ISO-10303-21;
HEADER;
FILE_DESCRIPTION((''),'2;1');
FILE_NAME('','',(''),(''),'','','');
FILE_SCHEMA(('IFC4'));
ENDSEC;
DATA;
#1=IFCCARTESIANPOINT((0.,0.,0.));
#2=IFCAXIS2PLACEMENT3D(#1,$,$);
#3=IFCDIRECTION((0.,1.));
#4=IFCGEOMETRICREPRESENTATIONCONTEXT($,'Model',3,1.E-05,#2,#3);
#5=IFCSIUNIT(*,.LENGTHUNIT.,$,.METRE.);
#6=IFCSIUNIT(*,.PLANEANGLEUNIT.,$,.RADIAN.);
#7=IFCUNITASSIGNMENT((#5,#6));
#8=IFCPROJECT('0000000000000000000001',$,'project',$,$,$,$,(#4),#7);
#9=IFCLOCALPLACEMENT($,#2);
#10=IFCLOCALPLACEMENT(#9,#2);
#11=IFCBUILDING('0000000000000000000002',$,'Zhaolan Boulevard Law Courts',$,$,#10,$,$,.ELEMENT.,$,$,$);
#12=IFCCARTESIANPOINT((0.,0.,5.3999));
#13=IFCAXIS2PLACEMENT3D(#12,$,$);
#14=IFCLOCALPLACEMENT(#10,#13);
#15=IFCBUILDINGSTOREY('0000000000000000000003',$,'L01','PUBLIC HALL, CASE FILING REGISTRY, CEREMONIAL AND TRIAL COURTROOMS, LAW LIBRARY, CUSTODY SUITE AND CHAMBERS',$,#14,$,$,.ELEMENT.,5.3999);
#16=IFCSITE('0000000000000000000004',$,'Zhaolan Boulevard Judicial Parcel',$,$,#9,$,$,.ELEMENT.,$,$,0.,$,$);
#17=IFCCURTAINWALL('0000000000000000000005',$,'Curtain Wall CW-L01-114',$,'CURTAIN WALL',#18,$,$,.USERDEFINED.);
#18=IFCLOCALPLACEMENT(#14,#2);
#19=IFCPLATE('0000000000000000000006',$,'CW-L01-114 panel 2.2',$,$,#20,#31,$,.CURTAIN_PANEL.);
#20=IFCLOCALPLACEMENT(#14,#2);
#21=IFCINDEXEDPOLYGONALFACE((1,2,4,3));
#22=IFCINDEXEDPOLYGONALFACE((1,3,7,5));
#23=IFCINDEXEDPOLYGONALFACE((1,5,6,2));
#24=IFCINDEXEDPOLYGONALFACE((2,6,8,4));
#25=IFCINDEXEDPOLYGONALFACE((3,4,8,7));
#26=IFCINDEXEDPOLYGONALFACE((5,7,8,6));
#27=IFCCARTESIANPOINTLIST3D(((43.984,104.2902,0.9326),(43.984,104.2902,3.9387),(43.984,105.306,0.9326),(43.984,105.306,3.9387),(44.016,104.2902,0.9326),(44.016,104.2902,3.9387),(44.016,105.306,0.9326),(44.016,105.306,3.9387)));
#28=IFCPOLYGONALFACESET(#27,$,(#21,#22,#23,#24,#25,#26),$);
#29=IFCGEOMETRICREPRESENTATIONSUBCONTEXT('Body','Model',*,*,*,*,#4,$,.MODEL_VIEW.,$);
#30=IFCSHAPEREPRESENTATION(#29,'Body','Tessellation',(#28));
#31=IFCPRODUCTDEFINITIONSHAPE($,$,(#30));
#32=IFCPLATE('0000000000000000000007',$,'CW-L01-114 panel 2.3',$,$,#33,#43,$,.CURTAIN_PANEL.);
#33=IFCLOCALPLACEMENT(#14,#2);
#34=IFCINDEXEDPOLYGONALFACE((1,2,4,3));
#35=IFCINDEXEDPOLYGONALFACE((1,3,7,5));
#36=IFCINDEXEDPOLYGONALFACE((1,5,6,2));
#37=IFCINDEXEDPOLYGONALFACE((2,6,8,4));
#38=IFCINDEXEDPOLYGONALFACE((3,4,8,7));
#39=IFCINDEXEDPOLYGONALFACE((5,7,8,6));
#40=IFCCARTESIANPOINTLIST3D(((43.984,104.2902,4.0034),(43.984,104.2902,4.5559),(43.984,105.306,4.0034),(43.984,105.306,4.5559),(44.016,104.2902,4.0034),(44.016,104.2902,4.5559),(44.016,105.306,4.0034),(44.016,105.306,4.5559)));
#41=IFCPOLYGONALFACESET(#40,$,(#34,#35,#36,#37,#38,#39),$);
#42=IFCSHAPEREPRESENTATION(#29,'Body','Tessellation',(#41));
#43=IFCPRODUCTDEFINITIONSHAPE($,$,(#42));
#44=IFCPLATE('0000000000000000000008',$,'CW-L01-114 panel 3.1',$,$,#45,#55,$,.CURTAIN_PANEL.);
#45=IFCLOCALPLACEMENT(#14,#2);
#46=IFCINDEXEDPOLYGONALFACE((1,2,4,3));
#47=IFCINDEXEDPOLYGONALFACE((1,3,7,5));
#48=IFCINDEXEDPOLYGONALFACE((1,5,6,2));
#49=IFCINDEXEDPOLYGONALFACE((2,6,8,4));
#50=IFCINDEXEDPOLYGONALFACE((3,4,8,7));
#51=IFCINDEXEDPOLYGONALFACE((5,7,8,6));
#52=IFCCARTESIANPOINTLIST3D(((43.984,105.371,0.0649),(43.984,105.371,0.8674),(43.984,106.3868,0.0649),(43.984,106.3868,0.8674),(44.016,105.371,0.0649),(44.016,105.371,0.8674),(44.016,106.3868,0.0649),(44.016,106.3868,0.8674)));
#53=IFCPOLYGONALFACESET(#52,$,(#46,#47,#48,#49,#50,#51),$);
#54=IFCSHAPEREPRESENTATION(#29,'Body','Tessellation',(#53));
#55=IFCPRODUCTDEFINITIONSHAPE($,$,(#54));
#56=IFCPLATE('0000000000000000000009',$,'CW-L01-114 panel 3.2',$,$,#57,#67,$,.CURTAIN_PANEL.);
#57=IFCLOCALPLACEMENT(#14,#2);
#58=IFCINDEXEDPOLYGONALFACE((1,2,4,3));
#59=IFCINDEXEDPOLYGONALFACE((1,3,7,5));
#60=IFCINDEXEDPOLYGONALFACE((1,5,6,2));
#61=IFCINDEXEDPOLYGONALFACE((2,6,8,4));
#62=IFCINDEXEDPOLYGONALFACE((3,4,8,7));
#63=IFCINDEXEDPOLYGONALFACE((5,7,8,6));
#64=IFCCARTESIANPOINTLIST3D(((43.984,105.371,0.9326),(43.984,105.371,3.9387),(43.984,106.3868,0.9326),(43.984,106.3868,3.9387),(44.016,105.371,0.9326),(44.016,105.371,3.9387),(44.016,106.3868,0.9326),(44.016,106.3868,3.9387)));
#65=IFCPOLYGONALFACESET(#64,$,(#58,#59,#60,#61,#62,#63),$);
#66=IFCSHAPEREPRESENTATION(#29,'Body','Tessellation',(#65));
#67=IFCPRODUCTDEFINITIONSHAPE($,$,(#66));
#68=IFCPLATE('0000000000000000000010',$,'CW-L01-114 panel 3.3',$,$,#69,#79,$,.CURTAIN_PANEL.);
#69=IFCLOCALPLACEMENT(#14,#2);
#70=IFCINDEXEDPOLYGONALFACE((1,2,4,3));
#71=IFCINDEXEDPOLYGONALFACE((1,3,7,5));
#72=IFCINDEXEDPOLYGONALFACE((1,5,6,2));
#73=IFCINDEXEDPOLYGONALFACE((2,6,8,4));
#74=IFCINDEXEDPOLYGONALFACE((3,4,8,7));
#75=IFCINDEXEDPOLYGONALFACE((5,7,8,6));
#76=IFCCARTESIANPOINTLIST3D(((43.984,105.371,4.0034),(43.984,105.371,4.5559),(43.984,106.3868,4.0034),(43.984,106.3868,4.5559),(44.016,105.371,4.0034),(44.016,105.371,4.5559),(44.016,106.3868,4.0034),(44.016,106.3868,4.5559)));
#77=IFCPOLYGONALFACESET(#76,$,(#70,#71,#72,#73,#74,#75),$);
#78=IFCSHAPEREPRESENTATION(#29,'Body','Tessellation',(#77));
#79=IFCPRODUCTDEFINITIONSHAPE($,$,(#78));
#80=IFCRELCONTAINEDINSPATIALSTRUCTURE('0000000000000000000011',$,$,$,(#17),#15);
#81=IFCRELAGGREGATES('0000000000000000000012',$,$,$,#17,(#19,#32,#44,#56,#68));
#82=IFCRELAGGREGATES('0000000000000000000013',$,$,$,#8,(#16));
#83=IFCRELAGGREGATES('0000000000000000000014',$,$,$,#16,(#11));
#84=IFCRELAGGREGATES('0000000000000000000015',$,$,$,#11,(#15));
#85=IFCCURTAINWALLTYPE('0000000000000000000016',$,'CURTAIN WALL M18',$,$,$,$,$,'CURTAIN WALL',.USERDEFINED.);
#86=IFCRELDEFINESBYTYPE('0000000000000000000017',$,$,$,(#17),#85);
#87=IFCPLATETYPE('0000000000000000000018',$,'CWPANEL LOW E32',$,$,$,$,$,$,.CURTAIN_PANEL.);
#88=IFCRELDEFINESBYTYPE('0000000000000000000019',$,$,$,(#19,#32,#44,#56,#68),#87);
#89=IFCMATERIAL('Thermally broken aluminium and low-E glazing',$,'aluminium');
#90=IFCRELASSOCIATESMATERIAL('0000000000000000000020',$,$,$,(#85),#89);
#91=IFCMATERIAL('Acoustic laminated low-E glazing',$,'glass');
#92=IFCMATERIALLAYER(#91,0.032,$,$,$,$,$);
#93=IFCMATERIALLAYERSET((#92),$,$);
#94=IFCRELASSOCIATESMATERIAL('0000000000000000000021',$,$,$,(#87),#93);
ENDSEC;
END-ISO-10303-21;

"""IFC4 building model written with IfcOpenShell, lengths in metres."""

from ifc_helpers import new_model, si_unit, direction, frame, origin, origin_2d, place, context, subcontext, project, spatial, rectangle, extrude, material, layer, layer_set, type_object, element, aggregate, save


model = new_model("IFC4")

# Units and contexts
model_context = context("Model", 3, precision=1e-05, world=origin(), true_north=direction((0.0, 1.0)))
body_context = subcontext(model_context, "Body", "Model", "MODEL_VIEW")
ifc_project = project(units=[si_unit("LENGTHUNIT", "METRE"), si_unit("PLANEANGLEUNIT", "RADIAN")], contexts=[model_context])

# Site, building, storey
site_placement = place(None, origin())
site = spatial("IfcSite", under=ifc_project, at=site_placement, Name="Zhaolan Boulevard Judicial Parcel", CompositionType="ELEMENT", RefElevation=0.0)
building_placement = place(site_placement, origin())
building = spatial("IfcBuilding", under=site, at=building_placement, Name="Zhaolan Boulevard Law Courts", CompositionType="ELEMENT")
storey_placement = place(building_placement, frame((0.0, 0.0, 5.3999)))
storey = spatial("IfcBuildingStorey", under=building, at=storey_placement, Name="L01", Description="PUBLIC HALL, CASE FILING REGISTRY, CEREMONIAL AND TRIAL COURTROOMS, LAW LIBRARY, CUSTODY SUITE AND CHAMBERS", CompositionType="ELEMENT", Elevation=5.3999)

# Curtain wall, plates
ifc_material_1 = material(Name="Thermally broken aluminium and low-E glazing", Category="aluminium")
curtain_wall_type = type_object("IfcCurtainWallType", Name="CURTAIN WALL M18", ElementType="CURTAIN WALL", PredefinedType="USERDEFINED", material=ifc_material_1)
curtain_wall_placement = place(storey_placement, origin())
curtain_wall = element("IfcCurtainWall", 1, at=curtain_wall_placement, inside=storey, type_object=curtain_wall_type, Name="Curtain Wall CW-L01-114", ObjectType="CURTAIN WALL", PredefinedType="USERDEFINED")
ifc_material_2 = material(Name="Acoustic laminated low-E glazing", Category="glass")
ifc_layer = layer(ifc_material_2, 0.032)
ifc_layer_set = layer_set([ifc_layer])
plate_type = type_object("IfcPlateType", Name="CWPANEL LOW E32", PredefinedType="CURTAIN_PANEL", material=ifc_layer_set)
plate_1_placement = place(storey_placement, frame((44.0, 104.7981, 0.9326), z_axis=(0.0, 0.0, 1.0), x_axis=(0.0, 1.0, 0.0)))
plate_1 = element("IfcPlate", 2, at=plate_1_placement, type_object=plate_type, Name="CW-L01-114 panel 2.2", PredefinedType="CURTAIN_PANEL", context=body_context, shape_type="SweptSolid", body=[
    extrude(rectangle(XDim=1.0159, YDim=0.032, at=origin_2d()), origin(), (0.0, 0.0, 1.0), 3.0061),
])
plate_2_placement = place(storey_placement, frame((44.0, 104.7981, 4.0034), z_axis=(0.0, 0.0, 1.0), x_axis=(0.0, 1.0, 0.0)))
plate_2 = element("IfcPlate", 3, at=plate_2_placement, type_object=plate_type, Name="CW-L01-114 panel 2.3", PredefinedType="CURTAIN_PANEL", context=body_context, shape_type="SweptSolid", body=[
    extrude(rectangle(XDim=1.0159, YDim=0.032, at=origin_2d()), origin(), (0.0, 0.0, 1.0), 0.5525),
])
plate_3_placement = place(storey_placement, frame((44.0, 105.8789, 0.0649), z_axis=(0.0, 0.0, 1.0), x_axis=(0.0, 1.0, 0.0)))
plate_3 = element("IfcPlate", 4, at=plate_3_placement, type_object=plate_type, Name="CW-L01-114 panel 3.1", PredefinedType="CURTAIN_PANEL", context=body_context, shape_type="SweptSolid", body=[
    extrude(rectangle(XDim=1.0159, YDim=0.032, at=origin_2d()), origin(), (0.0, 0.0, 1.0), 0.8025),
])
plate_4_placement = place(storey_placement, frame((44.0, 105.8789, 0.9326), z_axis=(0.0, 0.0, 1.0), x_axis=(0.0, 1.0, 0.0)))
plate_4 = element("IfcPlate", 5, at=plate_4_placement, type_object=plate_type, Name="CW-L01-114 panel 3.2", PredefinedType="CURTAIN_PANEL", context=body_context, shape_type="SweptSolid", body=[
    extrude(rectangle(XDim=1.0159, YDim=0.032, at=origin_2d()), origin(), (0.0, 0.0, 1.0), 3.0061),
])
plate_5_placement = place(storey_placement, frame((44.0, 105.8789, 4.0034), z_axis=(0.0, 0.0, 1.0), x_axis=(0.0, 1.0, 0.0)))
plate_5 = element("IfcPlate", 6, at=plate_5_placement, type_object=plate_type, Name="CW-L01-114 panel 3.3", PredefinedType="CURTAIN_PANEL", context=body_context, shape_type="SweptSolid", body=[
    extrude(rectangle(XDim=1.0159, YDim=0.032, at=origin_2d()), origin(), (0.0, 0.0, 1.0), 0.5525),
])
aggregate(curtain_wall, [plate_1, plate_2, plate_3, plate_4, plate_5])

save(model, "model.ifc")
